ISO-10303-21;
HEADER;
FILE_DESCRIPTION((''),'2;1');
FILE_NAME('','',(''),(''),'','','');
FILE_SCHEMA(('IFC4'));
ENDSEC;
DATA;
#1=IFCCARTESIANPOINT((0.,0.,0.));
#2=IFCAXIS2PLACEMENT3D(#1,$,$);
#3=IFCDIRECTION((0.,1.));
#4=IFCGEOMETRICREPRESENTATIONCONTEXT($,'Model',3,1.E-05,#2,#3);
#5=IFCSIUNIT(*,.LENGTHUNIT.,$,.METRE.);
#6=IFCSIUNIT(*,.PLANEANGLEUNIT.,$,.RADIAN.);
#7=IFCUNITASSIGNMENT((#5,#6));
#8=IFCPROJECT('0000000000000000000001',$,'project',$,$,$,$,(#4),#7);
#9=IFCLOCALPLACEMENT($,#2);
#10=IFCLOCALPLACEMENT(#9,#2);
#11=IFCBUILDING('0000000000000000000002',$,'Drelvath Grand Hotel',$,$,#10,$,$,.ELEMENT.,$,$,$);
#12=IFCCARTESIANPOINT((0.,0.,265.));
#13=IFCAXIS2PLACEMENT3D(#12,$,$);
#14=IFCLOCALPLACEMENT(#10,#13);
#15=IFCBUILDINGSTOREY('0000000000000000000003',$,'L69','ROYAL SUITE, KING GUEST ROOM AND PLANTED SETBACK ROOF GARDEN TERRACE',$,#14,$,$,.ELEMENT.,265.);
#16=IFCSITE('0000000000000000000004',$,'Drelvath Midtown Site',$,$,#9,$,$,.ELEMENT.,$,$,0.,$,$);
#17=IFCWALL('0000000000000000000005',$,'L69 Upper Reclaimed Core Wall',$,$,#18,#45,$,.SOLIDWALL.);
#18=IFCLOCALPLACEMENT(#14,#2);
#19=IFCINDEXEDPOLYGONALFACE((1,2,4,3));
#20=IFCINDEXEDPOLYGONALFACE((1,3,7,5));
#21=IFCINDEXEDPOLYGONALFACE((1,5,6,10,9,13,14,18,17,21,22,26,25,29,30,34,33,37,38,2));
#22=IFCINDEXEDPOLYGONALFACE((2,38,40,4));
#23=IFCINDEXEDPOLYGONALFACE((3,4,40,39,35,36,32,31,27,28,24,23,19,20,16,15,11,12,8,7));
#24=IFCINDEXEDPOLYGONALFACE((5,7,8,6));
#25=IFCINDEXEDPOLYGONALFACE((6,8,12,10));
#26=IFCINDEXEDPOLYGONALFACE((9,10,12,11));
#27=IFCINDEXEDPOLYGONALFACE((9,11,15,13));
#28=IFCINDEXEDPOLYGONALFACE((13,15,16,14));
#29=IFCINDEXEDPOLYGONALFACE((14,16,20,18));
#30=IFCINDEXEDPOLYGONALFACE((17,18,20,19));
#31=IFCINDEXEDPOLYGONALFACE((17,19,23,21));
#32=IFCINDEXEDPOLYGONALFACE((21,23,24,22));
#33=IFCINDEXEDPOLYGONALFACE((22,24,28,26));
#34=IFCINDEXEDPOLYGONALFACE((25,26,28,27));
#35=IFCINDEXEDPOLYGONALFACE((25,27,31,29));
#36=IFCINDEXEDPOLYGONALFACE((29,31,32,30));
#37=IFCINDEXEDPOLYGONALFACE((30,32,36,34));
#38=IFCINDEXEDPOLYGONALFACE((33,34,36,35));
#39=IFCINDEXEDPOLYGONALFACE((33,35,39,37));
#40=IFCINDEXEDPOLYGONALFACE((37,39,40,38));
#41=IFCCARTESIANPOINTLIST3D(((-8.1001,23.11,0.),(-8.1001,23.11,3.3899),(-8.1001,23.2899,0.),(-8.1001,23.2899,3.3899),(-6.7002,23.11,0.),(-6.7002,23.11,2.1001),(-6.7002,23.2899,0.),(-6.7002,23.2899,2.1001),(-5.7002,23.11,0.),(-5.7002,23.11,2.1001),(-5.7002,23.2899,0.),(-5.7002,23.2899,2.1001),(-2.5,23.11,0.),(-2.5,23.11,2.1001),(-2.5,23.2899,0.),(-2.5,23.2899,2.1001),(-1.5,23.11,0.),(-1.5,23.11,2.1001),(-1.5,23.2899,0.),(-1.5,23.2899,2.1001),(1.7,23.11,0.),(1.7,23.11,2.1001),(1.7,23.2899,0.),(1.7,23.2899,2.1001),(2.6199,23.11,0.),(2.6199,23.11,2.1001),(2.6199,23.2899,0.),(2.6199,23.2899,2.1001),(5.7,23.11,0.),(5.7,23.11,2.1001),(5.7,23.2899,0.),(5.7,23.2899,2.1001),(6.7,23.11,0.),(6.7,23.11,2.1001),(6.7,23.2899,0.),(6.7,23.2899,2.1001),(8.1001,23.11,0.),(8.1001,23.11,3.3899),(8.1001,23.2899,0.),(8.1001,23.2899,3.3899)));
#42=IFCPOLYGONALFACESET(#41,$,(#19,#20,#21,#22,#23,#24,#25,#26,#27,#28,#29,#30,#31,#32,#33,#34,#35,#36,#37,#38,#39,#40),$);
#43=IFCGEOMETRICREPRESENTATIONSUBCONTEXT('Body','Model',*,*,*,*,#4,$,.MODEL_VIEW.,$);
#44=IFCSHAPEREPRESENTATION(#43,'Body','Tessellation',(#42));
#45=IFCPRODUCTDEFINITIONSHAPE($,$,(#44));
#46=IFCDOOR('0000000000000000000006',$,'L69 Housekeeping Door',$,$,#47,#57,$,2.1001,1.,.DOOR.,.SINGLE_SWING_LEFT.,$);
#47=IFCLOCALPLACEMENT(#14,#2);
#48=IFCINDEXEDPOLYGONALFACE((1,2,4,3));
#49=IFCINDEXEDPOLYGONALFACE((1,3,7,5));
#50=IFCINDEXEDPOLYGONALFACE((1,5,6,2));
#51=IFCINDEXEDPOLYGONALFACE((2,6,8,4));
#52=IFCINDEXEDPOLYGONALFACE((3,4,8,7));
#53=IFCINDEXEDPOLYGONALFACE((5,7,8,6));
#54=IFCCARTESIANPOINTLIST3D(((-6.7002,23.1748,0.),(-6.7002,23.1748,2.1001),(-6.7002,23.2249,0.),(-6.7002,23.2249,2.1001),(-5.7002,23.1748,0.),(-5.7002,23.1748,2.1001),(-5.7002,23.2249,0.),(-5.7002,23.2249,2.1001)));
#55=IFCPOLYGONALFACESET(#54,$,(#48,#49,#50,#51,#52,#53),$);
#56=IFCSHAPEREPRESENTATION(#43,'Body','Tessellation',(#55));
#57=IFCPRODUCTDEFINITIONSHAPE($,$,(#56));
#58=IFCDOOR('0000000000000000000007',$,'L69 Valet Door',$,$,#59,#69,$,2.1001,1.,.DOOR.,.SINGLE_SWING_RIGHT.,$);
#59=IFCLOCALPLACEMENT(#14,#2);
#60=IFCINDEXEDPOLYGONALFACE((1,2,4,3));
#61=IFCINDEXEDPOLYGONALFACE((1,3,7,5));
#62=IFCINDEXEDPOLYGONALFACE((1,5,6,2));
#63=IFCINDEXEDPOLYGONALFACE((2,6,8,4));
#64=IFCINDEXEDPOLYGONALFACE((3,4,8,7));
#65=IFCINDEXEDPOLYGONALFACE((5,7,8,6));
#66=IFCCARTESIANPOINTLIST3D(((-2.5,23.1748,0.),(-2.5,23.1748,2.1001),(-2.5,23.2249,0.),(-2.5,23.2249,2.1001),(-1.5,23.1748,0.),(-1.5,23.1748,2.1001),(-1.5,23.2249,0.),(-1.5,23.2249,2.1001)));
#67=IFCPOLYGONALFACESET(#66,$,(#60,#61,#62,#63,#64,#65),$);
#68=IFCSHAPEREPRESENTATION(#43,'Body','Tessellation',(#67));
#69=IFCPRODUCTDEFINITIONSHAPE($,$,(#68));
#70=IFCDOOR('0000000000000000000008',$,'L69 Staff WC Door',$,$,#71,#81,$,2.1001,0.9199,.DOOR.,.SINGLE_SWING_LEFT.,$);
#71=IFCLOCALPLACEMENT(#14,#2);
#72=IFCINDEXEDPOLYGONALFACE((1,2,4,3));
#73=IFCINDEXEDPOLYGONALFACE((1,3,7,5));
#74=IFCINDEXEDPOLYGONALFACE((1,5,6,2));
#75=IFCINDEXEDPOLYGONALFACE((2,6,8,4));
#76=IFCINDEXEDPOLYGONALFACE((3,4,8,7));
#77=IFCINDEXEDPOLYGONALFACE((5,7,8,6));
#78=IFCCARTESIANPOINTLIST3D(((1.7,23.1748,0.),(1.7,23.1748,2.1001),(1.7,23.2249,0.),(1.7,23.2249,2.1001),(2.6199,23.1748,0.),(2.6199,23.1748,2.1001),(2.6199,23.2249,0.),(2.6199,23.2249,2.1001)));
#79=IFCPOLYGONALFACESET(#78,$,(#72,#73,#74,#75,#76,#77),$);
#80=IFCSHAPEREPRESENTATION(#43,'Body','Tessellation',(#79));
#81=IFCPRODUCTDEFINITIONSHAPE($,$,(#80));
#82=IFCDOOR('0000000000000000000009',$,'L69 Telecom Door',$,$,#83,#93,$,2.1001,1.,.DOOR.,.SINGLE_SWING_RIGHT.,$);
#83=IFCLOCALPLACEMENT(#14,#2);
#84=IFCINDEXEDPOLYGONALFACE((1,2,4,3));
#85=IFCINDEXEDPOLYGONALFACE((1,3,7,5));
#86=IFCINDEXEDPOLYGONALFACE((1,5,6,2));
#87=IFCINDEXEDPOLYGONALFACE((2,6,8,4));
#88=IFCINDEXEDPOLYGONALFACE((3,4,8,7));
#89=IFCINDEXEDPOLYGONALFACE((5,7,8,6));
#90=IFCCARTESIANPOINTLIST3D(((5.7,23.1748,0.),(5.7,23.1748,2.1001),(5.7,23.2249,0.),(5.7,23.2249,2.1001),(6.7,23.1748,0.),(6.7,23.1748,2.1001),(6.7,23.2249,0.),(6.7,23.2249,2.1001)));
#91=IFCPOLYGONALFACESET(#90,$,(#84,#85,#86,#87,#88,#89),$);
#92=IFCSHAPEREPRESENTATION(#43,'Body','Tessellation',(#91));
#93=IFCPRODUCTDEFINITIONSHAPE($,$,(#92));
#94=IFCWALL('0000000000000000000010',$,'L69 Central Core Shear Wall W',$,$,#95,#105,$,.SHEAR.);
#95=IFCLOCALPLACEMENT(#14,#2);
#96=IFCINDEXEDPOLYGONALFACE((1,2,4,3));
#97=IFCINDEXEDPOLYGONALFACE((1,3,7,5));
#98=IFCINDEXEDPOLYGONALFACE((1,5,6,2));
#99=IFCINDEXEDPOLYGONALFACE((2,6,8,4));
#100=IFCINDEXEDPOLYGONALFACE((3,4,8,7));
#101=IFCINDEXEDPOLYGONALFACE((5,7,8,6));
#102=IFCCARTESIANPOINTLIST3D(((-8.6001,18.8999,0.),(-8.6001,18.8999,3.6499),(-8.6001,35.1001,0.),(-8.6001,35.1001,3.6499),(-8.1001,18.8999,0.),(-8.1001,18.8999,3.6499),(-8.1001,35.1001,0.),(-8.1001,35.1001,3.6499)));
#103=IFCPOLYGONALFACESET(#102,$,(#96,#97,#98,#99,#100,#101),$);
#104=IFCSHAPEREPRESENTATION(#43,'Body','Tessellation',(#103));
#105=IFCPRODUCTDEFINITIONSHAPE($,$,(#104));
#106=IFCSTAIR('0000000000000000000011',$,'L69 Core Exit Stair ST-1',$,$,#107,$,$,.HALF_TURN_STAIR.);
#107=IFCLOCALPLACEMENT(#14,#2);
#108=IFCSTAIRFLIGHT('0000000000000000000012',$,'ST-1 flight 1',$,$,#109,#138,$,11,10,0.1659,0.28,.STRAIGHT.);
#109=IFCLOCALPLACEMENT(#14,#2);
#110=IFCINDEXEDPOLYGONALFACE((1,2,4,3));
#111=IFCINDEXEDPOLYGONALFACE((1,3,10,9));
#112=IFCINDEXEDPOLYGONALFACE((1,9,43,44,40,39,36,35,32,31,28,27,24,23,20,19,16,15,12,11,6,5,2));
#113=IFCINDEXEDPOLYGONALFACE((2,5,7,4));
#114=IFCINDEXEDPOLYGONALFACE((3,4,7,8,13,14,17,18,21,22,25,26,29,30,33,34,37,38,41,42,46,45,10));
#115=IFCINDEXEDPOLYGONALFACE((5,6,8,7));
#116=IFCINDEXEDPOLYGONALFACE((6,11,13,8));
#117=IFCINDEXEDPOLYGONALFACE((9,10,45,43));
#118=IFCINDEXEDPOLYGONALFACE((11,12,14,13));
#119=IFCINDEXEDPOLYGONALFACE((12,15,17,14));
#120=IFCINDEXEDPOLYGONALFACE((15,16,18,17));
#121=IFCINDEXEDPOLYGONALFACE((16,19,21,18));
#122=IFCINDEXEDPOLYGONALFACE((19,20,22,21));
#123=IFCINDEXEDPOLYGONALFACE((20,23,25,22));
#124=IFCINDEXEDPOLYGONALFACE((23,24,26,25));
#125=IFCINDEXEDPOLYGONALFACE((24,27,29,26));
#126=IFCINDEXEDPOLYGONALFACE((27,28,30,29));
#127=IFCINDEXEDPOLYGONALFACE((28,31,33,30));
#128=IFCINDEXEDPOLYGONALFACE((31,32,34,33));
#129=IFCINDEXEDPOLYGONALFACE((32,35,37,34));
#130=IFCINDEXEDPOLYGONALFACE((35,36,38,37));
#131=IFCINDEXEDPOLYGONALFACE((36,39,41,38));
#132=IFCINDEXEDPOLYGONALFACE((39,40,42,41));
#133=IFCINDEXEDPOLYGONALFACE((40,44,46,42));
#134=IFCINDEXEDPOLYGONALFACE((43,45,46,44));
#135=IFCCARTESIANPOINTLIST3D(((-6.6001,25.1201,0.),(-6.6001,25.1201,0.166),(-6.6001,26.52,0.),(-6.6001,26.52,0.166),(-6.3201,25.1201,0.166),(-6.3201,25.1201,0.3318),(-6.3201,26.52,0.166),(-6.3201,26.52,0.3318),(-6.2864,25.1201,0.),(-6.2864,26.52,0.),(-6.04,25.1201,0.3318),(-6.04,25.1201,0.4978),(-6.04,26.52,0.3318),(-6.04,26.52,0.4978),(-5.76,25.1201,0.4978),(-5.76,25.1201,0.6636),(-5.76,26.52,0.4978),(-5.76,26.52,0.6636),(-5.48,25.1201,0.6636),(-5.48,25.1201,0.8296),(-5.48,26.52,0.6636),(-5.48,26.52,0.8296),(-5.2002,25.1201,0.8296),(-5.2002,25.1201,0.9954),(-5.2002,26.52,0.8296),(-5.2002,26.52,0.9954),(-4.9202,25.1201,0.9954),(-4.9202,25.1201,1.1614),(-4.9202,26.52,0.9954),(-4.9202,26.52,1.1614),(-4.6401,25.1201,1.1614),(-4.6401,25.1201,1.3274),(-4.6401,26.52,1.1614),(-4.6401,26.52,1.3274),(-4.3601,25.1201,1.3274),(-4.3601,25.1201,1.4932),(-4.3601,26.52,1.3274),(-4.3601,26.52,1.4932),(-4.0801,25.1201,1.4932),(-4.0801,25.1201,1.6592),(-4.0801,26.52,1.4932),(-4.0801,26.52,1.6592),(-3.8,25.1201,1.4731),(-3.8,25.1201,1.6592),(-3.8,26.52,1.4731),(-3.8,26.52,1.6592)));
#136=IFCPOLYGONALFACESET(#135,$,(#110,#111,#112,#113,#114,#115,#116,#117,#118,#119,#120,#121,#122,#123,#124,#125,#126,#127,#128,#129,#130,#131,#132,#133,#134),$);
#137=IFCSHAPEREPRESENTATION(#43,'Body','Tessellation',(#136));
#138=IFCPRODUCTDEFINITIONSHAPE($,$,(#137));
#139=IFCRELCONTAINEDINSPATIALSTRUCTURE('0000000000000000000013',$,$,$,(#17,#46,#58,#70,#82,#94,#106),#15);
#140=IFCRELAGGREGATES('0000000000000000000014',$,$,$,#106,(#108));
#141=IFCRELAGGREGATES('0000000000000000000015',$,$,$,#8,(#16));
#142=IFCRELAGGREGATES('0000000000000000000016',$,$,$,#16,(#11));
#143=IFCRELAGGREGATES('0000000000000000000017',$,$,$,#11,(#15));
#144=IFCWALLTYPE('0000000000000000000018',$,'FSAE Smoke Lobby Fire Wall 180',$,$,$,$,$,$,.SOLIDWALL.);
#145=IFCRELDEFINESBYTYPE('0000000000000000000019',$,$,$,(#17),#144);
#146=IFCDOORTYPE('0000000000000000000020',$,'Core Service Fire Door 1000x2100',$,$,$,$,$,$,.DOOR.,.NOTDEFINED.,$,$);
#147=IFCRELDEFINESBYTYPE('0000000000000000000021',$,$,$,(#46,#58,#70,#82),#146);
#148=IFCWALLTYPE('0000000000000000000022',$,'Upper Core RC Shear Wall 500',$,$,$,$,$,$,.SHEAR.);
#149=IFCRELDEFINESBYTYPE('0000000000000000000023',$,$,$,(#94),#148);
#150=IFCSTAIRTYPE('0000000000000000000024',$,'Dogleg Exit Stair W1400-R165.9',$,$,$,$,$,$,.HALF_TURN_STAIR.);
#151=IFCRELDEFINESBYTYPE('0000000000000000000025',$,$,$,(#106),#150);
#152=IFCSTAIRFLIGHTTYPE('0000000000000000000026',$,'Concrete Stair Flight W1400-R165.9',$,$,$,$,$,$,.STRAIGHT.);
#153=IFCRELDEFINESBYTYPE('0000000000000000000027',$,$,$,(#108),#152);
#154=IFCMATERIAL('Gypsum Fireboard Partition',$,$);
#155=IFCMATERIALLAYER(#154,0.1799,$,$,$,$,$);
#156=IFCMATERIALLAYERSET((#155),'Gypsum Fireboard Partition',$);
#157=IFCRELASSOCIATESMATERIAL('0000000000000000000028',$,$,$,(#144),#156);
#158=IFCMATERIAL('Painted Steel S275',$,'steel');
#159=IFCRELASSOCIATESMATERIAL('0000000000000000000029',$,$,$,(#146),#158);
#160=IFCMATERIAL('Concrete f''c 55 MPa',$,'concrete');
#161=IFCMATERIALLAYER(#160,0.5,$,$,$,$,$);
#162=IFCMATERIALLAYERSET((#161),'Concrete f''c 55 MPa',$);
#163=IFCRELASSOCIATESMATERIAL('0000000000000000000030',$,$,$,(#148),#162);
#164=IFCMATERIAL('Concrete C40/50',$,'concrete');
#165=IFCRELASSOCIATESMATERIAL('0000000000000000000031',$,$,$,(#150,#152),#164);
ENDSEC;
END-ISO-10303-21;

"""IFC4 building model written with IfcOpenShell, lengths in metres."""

from ifc_helpers import new_model, si_unit, direction, frame, frame_2d, origin, place, context, subcontext, project, spatial, polyline, rectangle, outline, extrude, material, layer, layer_set, type_object, element, fill, aggregate, save


model = new_model("IFC4")

# Units and contexts
model_context = context("Model", 3, precision=1e-05, world=origin(), true_north=direction((0.0, 1.0)))
body_context = subcontext(model_context, "Body", "Model", "MODEL_VIEW")
ifc_project = project(units=[si_unit("LENGTHUNIT", "METRE"), si_unit("PLANEANGLEUNIT", "RADIAN")], contexts=[model_context])

# Site, building, storey
site_placement = place(None, origin())
site = spatial("IfcSite", under=ifc_project, at=site_placement, Name="Drelvath Midtown Site", CompositionType="ELEMENT", RefElevation=0.0)
building_placement = place(site_placement, origin())
building = spatial("IfcBuilding", under=site, at=building_placement, Name="Drelvath Grand Hotel", CompositionType="ELEMENT")
storey_placement = place(building_placement, frame((0.0, 0.0, 265.0)))
storey = spatial("IfcBuildingStorey", under=building, at=storey_placement, Name="L69", Description="ROYAL SUITE, KING GUEST ROOM AND PLANTED SETBACK ROOF GARDEN TERRACE", CompositionType="ELEMENT", Elevation=265.0)

# Shared definitions
ifc_material_1 = material(Name="Concrete f'c 55 MPa", Category="concrete")

# Shared definitions
ifc_material_2 = material(Name="Concrete C40/50", Category="concrete")
ifc_material_3 = material(Name="Painted Steel S275", Category="steel")

# Wall, openings, doors
ifc_material_4 = material(Name="Gypsum Fireboard Partition")
ifc_layer_1 = layer(ifc_material_4, 0.1799)
ifc_layer_set_1 = layer_set([ifc_layer_1], Name="Gypsum Fireboard Partition")
wall_type_1 = type_object("IfcWallType", Name="FSAE Smoke Lobby Fire Wall 180", PredefinedType="SOLIDWALL", material=ifc_layer_set_1)
wall_1_placement = place(storey_placement, frame((-8.1001, 23.2, 0.0), z_axis=(0.0, 0.0, 1.0), x_axis=(1.0, 0.0, 0.0)))
wall_1 = element("IfcWall", 1, at=wall_1_placement, inside=storey, type_object=wall_type_1, Name="L69 Upper Reclaimed Core Wall", PredefinedType="SOLIDWALL", context=body_context, shape_type="SweptSolid", body=[
    extrude(rectangle(XDim=16.2002, YDim=0.1799, at=frame_2d((8.1001, 0.0))), origin(), (0.0, 0.0, 1.0), 3.3899),
])
opening_1_placement = place(wall_1_placement, frame((1.3999, 0.0, 0.0)))
opening_1 = element("IfcOpeningElement", 2, at=opening_1_placement, cuts=wall_1, PredefinedType="OPENING", context=body_context, shape_type="SweptSolid", body=[
    extrude(rectangle(XDim=1.0, YDim=2.1001, at=frame_2d((0.5, 1.05))), frame((0.0, 0.0999, 0.0), z_axis=(0.0, -1.0, 0.0), x_axis=(1.0, 0.0, 0.0)), (0.0, 0.0, 1.0), 0.2),
])
opening_2_placement = place(wall_1_placement, frame((5.6001, 0.0, 0.0)))
opening_2 = element("IfcOpeningElement", 3, at=opening_2_placement, cuts=wall_1, PredefinedType="OPENING", context=body_context, shape_type="SweptSolid", body=[
    extrude(rectangle(XDim=1.0, YDim=2.1001, at=frame_2d((0.5, 1.05))), frame((0.0, 0.0999, 0.0), z_axis=(0.0, -1.0, 0.0), x_axis=(1.0, 0.0, 0.0)), (0.0, 0.0, 1.0), 0.2),
])
opening_3_placement = place(wall_1_placement, frame((9.8, 0.0, 0.0)))
opening_3 = element("IfcOpeningElement", 4, at=opening_3_placement, cuts=wall_1, PredefinedType="OPENING", context=body_context, shape_type="SweptSolid", body=[
    extrude(rectangle(XDim=0.9199, YDim=2.1001, at=frame_2d((0.46, 1.05))), frame((0.0, 0.0999, 0.0), z_axis=(0.0, -1.0, 0.0), x_axis=(1.0, 0.0, 0.0)), (0.0, 0.0, 1.0), 0.2),
])
opening_4_placement = place(wall_1_placement, frame((13.8, 0.0, 0.0)))
opening_4 = element("IfcOpeningElement", 5, at=opening_4_placement, cuts=wall_1, PredefinedType="OPENING", context=body_context, shape_type="SweptSolid", body=[
    extrude(rectangle(XDim=1.0, YDim=2.1001, at=frame_2d((0.5, 1.05))), frame((0.0, 0.0999, 0.0), z_axis=(0.0, -1.0, 0.0), x_axis=(1.0, 0.0, 0.0)), (0.0, 0.0, 1.0), 0.2),
])
door_type_1 = type_object("IfcDoorType", Name="Core Service Fire Door 1000x2100", OperationType="NOTDEFINED", PredefinedType="DOOR", material=ifc_material_3)
door_1_placement = place(opening_1_placement, origin())
door_1 = element("IfcDoor", 6, at=door_1_placement, inside=storey, type_object=door_type_1, Name="L69 Housekeeping Door", OperationType="SINGLE_SWING_LEFT", OverallHeight=2.1001, OverallWidth=1.0, PredefinedType="DOOR", context=body_context, shape_type="SweptSolid", body=[
    extrude(rectangle(XDim=1.0, YDim=2.1001, at=frame_2d((0.5, 1.05))), frame((0.0, 0.0249, 0.0), z_axis=(0.0, -1.0, 0.0), x_axis=(1.0, 0.0, 0.0)), (0.0, 0.0, 1.0), 0.05),
])
fill(opening_1, door_1)
door_2_placement = place(opening_2_placement, origin())
door_2 = element("IfcDoor", 7, at=door_2_placement, inside=storey, type_object=door_type_1, Name="L69 Valet Door", OperationType="SINGLE_SWING_RIGHT", OverallHeight=2.1001, OverallWidth=1.0, PredefinedType="DOOR", context=body_context, shape_type="SweptSolid", body=[
    extrude(rectangle(XDim=1.0, YDim=2.1001, at=frame_2d((0.5, 1.05))), frame((0.0, 0.0249, 0.0), z_axis=(0.0, -1.0, 0.0), x_axis=(1.0, 0.0, 0.0)), (0.0, 0.0, 1.0), 0.05),
])
fill(opening_2, door_2)
door_3_placement = place(opening_3_placement, origin())
door_3 = element("IfcDoor", 8, at=door_3_placement, inside=storey, type_object=door_type_1, Name="L69 Staff WC Door", OperationType="SINGLE_SWING_LEFT", OverallHeight=2.1001, OverallWidth=0.9199, PredefinedType="DOOR", context=body_context, shape_type="SweptSolid", body=[
    extrude(rectangle(XDim=0.9199, YDim=2.1001, at=frame_2d((0.46, 1.05))), frame((0.0, 0.0249, 0.0), z_axis=(0.0, -1.0, 0.0), x_axis=(1.0, 0.0, 0.0)), (0.0, 0.0, 1.0), 0.05),
])
fill(opening_3, door_3)
door_4_placement = place(opening_4_placement, origin())
door_4 = element("IfcDoor", 9, at=door_4_placement, inside=storey, type_object=door_type_1, Name="L69 Telecom Door", OperationType="SINGLE_SWING_RIGHT", OverallHeight=2.1001, OverallWidth=1.0, PredefinedType="DOOR", context=body_context, shape_type="SweptSolid", body=[
    extrude(rectangle(XDim=1.0, YDim=2.1001, at=frame_2d((0.5, 1.05))), frame((0.0, 0.0249, 0.0), z_axis=(0.0, -1.0, 0.0), x_axis=(1.0, 0.0, 0.0)), (0.0, 0.0, 1.0), 0.05),
])
fill(opening_4, door_4)

# Wall
ifc_layer_2 = layer(ifc_material_1, 0.5)
ifc_layer_set_2 = layer_set([ifc_layer_2], Name="Concrete f'c 55 MPa")
wall_type_2 = type_object("IfcWallType", Name="Upper Core RC Shear Wall 500", PredefinedType="SHEAR", material=ifc_layer_set_2)
wall_2_placement = place(storey_placement, frame((-8.3501, 18.8999, 0.0), z_axis=(0.0, 0.0, 1.0), x_axis=(0.0, 1.0, 0.0)))
element("IfcWall", 10, at=wall_2_placement, inside=storey, type_object=wall_type_2, Name="L69 Central Core Shear Wall W", PredefinedType="SHEAR", context=body_context, shape_type="SweptSolid", body=[
    extrude(rectangle(XDim=16.2002, YDim=0.5, at=frame_2d((8.1001, 0.0))), origin(), (0.0, 0.0, 1.0), 3.6499),
])

# Stair, stair flight
stair_type = type_object("IfcStairType", Name="Dogleg Exit Stair W1400-R165.9", PredefinedType="HALF_TURN_STAIR", material=ifc_material_2)
stair_placement = place(storey_placement, origin())
stair = element("IfcStair", 11, at=stair_placement, inside=storey, type_object=stair_type, Name="L69 Core Exit Stair ST-1", PredefinedType="HALF_TURN_STAIR")
stair_flight_type = type_object("IfcStairFlightType", Name="Concrete Stair Flight W1400-R165.9", PredefinedType="STRAIGHT", material=ifc_material_2)
stair_flight_placement = place(storey_placement, frame((-6.6001, 25.8201, 0.0), z_axis=(0.0, 0.0, 1.0), x_axis=(1.0, 0.0, 0.0)))
stair_flight = element("IfcStairFlight", 12, at=stair_flight_placement, type_object=stair_flight_type, Name="ST-1 flight 1", NumberOfRisers=11, NumberOfTreads=10, PredefinedType="STRAIGHT", RiserHeight=0.1659, TreadLength=0.28, context=body_context, shape_type="SweptSolid", body=[
    extrude(outline(polyline([(0.0, 0.0), (0.0, 0.166), (0.28, 0.166), (0.28, 0.3318), (0.5601, 0.3318), (0.5601, 0.4978), (0.8401, 0.4978), (0.8401, 0.6636), (1.1201, 0.6636), (1.1201, 0.8296), (1.3999, 0.8296), (1.3999, 0.9954), (1.6799, 0.9954), (1.6799, 1.1614), (1.96, 1.1614), (1.96, 1.3274), (2.24, 1.3274), (2.24, 1.4932), (2.52, 1.4932), (2.52, 1.6592), (2.8, 1.6592), (2.8, 1.825), (2.8, 1.4731), (0.3137, 0.0), (0.0, 0.0)])), frame((0.0, 0.7, 0.0), z_axis=(0.0, -1.0, 0.0), x_axis=(1.0, 0.0, 0.0)), (0.0, 0.0, 1.0), 1.3999),
])
aggregate(stair, [stair_flight])

save(model, "model.ifc")
